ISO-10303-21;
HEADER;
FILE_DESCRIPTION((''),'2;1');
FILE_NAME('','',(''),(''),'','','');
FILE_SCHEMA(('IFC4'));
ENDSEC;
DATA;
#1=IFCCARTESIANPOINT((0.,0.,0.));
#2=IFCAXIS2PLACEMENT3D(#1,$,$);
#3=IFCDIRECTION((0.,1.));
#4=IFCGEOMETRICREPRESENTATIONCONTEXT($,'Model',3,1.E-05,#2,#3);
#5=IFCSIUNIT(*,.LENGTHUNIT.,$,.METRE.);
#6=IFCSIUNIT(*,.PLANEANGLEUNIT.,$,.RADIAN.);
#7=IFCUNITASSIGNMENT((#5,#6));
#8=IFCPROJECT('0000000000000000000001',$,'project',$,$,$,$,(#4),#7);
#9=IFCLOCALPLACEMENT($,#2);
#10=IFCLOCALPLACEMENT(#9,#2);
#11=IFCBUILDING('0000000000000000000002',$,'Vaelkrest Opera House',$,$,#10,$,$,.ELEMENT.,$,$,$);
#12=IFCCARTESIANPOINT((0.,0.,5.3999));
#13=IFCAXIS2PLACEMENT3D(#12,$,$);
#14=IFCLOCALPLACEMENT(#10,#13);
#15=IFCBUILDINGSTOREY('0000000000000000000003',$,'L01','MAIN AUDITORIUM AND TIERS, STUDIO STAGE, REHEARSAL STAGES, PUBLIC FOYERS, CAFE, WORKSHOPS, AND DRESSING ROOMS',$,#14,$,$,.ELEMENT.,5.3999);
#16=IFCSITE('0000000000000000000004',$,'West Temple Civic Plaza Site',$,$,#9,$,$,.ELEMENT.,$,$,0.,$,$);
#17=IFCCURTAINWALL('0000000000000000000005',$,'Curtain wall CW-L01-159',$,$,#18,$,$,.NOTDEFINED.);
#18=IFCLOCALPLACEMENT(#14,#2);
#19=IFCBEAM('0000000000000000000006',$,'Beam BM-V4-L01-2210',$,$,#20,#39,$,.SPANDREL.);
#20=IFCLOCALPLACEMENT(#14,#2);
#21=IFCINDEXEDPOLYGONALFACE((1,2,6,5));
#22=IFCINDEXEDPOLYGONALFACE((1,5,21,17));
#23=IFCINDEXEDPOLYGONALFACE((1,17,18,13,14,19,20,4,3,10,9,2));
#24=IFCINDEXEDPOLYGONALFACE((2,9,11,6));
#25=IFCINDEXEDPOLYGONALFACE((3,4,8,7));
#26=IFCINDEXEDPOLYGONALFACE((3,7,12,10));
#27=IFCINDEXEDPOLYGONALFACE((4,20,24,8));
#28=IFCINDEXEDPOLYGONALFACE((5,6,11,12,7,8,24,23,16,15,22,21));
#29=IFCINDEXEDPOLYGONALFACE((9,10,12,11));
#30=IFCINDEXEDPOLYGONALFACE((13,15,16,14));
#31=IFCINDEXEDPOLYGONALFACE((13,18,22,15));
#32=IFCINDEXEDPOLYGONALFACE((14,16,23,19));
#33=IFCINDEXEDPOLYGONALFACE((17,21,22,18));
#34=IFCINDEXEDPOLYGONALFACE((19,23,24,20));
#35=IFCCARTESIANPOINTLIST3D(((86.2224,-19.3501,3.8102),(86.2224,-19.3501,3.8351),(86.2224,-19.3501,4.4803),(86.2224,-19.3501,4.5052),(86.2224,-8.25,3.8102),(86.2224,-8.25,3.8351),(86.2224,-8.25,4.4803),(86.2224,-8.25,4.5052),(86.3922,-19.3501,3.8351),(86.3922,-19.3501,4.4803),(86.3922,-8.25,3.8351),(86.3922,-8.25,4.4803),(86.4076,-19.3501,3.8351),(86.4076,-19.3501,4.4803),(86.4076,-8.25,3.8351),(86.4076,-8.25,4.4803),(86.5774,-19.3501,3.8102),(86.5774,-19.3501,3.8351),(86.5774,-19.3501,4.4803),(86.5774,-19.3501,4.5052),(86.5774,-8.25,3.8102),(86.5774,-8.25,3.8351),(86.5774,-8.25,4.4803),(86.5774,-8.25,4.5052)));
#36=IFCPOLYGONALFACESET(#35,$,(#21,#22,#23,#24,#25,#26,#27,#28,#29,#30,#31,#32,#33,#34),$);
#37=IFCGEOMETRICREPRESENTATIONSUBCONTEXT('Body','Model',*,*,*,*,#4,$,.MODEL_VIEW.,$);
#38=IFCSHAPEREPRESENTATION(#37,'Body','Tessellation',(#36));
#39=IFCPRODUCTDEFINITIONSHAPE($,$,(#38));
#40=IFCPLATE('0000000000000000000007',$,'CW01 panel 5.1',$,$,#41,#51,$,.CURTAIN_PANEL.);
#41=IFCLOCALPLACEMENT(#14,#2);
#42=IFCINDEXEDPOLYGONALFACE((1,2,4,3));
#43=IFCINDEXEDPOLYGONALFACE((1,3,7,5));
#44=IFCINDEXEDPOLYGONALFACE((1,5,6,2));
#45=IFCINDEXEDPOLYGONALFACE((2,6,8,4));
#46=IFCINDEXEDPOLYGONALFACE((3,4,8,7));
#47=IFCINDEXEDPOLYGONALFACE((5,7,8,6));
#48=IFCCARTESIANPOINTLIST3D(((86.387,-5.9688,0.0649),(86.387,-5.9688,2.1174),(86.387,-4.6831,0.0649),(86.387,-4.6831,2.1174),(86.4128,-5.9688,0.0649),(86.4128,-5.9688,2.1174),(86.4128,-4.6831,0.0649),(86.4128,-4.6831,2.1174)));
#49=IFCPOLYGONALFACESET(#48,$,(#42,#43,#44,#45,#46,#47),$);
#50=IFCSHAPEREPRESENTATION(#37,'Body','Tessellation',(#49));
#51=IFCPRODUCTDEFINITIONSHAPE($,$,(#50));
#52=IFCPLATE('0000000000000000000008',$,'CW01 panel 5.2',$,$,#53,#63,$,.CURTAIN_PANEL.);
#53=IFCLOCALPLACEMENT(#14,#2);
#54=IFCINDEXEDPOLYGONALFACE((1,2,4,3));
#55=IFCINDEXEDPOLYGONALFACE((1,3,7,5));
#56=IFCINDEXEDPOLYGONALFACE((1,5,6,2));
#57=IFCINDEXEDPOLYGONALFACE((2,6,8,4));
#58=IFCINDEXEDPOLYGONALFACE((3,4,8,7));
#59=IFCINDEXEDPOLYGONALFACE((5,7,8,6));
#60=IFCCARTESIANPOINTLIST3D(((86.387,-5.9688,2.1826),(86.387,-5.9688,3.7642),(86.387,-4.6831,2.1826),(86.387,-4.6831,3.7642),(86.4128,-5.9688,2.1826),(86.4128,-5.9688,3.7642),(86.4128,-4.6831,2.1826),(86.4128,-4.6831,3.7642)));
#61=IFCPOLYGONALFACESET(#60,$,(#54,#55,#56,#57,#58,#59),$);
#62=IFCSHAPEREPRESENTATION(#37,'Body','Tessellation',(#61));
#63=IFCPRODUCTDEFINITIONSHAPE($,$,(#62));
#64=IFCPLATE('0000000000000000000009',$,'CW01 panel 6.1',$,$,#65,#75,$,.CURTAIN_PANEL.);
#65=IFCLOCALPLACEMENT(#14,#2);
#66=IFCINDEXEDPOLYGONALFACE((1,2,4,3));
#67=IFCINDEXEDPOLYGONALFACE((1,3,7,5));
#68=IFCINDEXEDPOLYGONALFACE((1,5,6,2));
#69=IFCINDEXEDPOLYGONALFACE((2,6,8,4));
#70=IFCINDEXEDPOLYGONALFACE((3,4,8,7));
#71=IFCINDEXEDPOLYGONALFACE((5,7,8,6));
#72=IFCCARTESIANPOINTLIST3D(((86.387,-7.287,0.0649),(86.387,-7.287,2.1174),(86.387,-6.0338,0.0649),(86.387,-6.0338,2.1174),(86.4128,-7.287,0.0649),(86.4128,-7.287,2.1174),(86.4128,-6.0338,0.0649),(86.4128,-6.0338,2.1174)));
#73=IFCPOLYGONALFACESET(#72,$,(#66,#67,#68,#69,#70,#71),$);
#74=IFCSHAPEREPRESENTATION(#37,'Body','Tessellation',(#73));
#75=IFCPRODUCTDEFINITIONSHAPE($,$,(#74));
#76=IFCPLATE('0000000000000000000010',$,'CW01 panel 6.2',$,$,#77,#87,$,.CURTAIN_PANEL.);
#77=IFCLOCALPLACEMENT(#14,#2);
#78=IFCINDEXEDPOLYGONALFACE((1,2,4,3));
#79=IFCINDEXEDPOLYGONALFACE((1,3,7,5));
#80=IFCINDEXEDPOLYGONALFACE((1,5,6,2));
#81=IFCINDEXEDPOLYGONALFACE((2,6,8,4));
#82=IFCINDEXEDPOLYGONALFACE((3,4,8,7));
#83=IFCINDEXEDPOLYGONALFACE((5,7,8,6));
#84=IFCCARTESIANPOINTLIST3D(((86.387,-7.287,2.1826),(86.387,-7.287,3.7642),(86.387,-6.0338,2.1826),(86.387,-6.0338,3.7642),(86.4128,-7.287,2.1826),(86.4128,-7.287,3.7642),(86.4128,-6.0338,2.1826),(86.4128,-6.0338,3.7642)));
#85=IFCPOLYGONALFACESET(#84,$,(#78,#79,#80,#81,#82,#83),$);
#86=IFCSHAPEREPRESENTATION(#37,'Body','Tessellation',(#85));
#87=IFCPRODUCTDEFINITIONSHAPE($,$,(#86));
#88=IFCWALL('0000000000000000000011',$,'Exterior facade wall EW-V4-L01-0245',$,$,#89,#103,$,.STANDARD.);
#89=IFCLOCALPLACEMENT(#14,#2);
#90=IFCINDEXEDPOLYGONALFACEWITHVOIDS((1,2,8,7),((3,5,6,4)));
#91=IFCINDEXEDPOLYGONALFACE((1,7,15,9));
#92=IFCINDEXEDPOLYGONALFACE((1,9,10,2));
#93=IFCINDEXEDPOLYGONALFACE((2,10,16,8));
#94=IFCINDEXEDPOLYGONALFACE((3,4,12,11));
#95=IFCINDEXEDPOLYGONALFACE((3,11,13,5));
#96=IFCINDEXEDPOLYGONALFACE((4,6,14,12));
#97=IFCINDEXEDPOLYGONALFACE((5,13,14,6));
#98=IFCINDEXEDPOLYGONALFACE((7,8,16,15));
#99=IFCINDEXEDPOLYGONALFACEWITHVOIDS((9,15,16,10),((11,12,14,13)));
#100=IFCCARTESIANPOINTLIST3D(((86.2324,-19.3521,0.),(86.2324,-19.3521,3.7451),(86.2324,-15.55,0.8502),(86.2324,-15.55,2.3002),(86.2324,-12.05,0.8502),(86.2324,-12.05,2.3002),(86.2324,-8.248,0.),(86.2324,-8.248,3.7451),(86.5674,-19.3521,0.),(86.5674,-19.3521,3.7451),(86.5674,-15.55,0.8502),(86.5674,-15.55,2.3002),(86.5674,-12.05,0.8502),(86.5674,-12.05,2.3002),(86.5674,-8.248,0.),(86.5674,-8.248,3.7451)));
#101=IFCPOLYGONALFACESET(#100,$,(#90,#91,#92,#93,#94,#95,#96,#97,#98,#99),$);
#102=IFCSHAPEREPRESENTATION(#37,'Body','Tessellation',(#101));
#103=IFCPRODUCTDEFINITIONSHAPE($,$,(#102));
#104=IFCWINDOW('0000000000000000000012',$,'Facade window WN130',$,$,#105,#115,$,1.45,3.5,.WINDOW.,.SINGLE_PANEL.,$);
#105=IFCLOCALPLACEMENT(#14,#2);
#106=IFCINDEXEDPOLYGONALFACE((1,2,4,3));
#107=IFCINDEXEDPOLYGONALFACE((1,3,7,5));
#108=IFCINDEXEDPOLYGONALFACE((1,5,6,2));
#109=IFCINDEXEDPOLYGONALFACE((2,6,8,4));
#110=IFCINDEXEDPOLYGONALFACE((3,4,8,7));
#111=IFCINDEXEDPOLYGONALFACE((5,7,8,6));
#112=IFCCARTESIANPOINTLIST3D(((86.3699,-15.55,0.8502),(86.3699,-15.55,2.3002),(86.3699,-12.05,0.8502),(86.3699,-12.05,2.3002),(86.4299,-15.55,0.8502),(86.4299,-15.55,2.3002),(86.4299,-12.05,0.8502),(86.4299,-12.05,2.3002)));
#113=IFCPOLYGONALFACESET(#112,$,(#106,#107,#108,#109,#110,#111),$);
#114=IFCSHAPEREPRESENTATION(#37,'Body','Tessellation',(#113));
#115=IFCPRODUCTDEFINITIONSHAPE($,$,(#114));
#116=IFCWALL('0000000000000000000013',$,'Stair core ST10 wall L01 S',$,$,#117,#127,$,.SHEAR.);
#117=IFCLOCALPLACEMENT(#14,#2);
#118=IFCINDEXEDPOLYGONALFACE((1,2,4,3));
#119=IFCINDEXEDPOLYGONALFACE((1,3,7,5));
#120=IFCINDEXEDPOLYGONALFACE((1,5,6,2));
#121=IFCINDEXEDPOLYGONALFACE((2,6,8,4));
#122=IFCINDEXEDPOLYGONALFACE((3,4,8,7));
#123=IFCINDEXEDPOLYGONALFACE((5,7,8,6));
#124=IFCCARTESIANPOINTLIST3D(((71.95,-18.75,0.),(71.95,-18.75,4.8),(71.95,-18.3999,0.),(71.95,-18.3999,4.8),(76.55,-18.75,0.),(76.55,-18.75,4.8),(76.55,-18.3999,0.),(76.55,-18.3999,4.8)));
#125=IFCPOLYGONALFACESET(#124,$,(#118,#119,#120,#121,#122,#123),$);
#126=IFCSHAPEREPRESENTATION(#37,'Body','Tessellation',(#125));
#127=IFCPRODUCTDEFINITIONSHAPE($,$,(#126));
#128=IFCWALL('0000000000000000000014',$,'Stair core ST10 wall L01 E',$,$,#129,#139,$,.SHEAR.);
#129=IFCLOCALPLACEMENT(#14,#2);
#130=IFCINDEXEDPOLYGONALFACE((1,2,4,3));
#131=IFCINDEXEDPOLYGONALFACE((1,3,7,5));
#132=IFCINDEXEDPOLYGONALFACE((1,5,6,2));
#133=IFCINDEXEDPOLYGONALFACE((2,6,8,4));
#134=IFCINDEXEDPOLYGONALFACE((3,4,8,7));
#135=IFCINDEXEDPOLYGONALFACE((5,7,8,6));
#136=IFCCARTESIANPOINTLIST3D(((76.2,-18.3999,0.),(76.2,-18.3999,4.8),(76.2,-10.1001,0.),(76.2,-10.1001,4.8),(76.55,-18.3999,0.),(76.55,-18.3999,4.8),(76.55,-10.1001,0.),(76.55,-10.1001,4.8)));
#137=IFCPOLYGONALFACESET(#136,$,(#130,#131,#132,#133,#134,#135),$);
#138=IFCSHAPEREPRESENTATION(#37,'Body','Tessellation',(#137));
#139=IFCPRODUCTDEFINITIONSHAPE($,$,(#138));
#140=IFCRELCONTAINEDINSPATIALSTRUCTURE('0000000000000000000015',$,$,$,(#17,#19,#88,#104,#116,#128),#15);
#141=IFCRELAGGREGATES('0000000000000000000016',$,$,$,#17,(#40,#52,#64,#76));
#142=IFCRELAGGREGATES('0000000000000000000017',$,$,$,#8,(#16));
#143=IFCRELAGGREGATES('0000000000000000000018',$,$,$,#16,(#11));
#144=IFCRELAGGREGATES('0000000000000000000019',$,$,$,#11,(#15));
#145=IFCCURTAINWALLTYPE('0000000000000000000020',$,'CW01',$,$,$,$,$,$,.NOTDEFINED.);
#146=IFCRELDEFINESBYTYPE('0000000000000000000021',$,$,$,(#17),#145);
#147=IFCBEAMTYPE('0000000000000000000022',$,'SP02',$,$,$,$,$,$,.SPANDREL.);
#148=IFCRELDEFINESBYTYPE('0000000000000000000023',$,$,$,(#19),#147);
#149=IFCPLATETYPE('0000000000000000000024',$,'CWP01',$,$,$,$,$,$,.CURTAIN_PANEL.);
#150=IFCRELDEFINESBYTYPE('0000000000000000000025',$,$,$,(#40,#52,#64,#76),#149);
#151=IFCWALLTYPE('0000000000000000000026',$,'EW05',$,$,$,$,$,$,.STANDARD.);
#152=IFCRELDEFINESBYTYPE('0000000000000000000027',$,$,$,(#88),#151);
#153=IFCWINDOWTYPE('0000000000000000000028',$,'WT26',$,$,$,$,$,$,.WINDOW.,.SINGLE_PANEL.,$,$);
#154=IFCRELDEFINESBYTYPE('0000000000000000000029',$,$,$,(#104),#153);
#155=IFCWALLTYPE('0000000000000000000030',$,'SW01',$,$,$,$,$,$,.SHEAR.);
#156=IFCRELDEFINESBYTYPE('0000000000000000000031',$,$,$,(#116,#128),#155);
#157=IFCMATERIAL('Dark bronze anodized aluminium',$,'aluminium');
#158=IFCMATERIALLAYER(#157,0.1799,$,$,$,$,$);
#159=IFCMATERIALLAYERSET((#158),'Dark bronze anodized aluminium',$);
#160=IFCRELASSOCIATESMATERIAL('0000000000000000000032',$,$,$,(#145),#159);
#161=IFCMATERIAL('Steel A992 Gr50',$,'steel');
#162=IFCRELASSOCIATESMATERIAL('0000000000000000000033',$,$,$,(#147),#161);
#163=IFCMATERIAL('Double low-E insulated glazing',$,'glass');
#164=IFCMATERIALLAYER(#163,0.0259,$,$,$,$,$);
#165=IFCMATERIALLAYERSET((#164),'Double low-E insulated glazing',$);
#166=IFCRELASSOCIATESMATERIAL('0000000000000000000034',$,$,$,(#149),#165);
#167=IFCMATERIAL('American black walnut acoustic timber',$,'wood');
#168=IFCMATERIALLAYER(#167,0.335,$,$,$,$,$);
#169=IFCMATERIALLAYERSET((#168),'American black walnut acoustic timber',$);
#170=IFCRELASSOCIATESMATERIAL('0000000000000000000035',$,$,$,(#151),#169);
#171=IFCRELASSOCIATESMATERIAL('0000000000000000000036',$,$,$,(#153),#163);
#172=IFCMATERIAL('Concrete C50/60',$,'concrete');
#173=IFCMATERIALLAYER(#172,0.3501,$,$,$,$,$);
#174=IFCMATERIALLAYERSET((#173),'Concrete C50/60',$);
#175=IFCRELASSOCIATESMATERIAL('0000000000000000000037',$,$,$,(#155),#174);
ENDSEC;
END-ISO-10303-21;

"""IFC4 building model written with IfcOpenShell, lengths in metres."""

from ifc_helpers import new_model, si_unit, direction, frame, frame_2d, origin, origin_2d, place, context, subcontext, project, spatial, rectangle, i_section, extrude, material, layer, layer_set, material_profile, profile_set, type_object, element, fill, aggregate, save


model = new_model("IFC4")

# Units and contexts
model_context = context("Model", 3, precision=1e-05, world=origin(), true_north=direction((0.0, 1.0)))
body_context = subcontext(model_context, "Body", "Model", "MODEL_VIEW")
ifc_project = project(units=[si_unit("LENGTHUNIT", "METRE"), si_unit("PLANEANGLEUNIT", "RADIAN")], contexts=[model_context])

# Site, building, storey
site_placement = place(None, origin())
site = spatial("IfcSite", under=ifc_project, at=site_placement, Name="West Temple Civic Plaza Site", CompositionType="ELEMENT", RefElevation=0.0)
building_placement = place(site_placement, origin())
building = spatial("IfcBuilding", under=site, at=building_placement, Name="Vaelkrest Opera House", CompositionType="ELEMENT")
storey_placement = place(building_placement, frame((0.0, 0.0, 5.3999)))
storey = spatial("IfcBuildingStorey", under=building, at=storey_placement, Name="L01", Description="MAIN AUDITORIUM AND TIERS, STUDIO STAGE, REHEARSAL STAGES, PUBLIC FOYERS, CAFE, WORKSHOPS, AND DRESSING ROOMS", CompositionType="ELEMENT", Elevation=5.3999)

# Shared definitions
ifc_material_1 = material(Name="Concrete C50/60", Category="concrete")

# Shared definitions
ifc_material_2 = material(Name="Steel A992 Gr50", Category="steel")

# Curtain wall
ifc_material_3 = material(Name="Dark bronze anodized aluminium", Category="aluminium")
ifc_layer_1 = layer(ifc_material_3, 0.1799)
ifc_layer_set_1 = layer_set([ifc_layer_1], Name="Dark bronze anodized aluminium")
curtain_wall_type_1 = type_object("IfcCurtainWallType", Name="CW01", PredefinedType="NOTDEFINED", material=ifc_layer_set_1)
curtain_wall_1_placement = place(storey_placement, origin())
curtain_wall_1 = element("IfcCurtainWall", 1, at=curtain_wall_1_placement, inside=storey, type_object=curtain_wall_type_1, Name="Curtain wall CW-L01-159", PredefinedType="NOTDEFINED")

# Beam
ifc_material_profile_1 = material_profile(ifc_material_2, i_section(OverallWidth=0.355, OverallDepth=0.6951, WebThickness=0.0154, FlangeThickness=0.0249, at=origin_2d()), Name="W27X146")
ifc_profile_set_1 = profile_set([ifc_material_profile_1], Name="Steel A992 Gr50")
beam_type_1 = type_object("IfcBeamType", Name="SP02", PredefinedType="SPANDREL", material=ifc_profile_set_1)
beam_1_placement = place(storey_placement, frame((86.3999, -19.3501, 4.1577), z_axis=(0.0, 1.0, 0.0), x_axis=(-1.0, 0.0, 0.0)))
element("IfcBeam", 2, at=beam_1_placement, inside=storey, type_object=beam_type_1, Name="Beam BM-V4-L01-2210", PredefinedType="SPANDREL", context=body_context, shape_type="SweptSolid", body=[
    extrude(i_section(OverallWidth=0.355, OverallDepth=0.6951, WebThickness=0.0154, FlangeThickness=0.0249, at=origin_2d()), origin(), (0.0, 0.0, 1.0), 11.1001),
])

# Plates
ifc_material_4 = material(Name="Double low-E insulated glazing", Category="glass")
ifc_layer_2 = layer(ifc_material_4, 0.0259)
ifc_layer_set_2 = layer_set([ifc_layer_2], Name="Double low-E insulated glazing")
plate_type = type_object("IfcPlateType", Name="CWP01", PredefinedType="CURTAIN_PANEL", material=ifc_layer_set_2)
plate_1_placement = place(storey_placement, frame((86.3999, -5.3259, 0.0649), z_axis=(0.0, 0.0, 1.0), x_axis=(0.0, -1.0, 0.0)))
plate_1 = element("IfcPlate", 3, at=plate_1_placement, type_object=plate_type, Name="CW01 panel 5.1", PredefinedType="CURTAIN_PANEL", context=body_context, shape_type="SweptSolid", body=[
    extrude(rectangle(XDim=1.2856, YDim=0.0259, at=origin_2d()), origin(), (0.0, 0.0, 1.0), 2.0525),
])
plate_2_placement = place(storey_placement, frame((86.3999, -5.3259, 2.1826), z_axis=(0.0, 0.0, 1.0), x_axis=(0.0, -1.0, 0.0)))
plate_2 = element("IfcPlate", 4, at=plate_2_placement, type_object=plate_type, Name="CW01 panel 5.2", PredefinedType="CURTAIN_PANEL", context=body_context, shape_type="SweptSolid", body=[
    extrude(rectangle(XDim=1.2856, YDim=0.0259, at=origin_2d()), origin(), (0.0, 0.0, 1.0), 1.5815),
])
plate_3_placement = place(storey_placement, frame((86.3999, -6.6604, 0.0649), z_axis=(0.0, 0.0, 1.0), x_axis=(0.0, -1.0, 0.0)))
plate_3 = element("IfcPlate", 5, at=plate_3_placement, type_object=plate_type, Name="CW01 panel 6.1", PredefinedType="CURTAIN_PANEL", context=body_context, shape_type="SweptSolid", body=[
    extrude(rectangle(XDim=1.2532, YDim=0.0259, at=origin_2d()), origin(), (0.0, 0.0, 1.0), 2.0525),
])
plate_4_placement = place(storey_placement, frame((86.3999, -6.6604, 2.1826), z_axis=(0.0, 0.0, 1.0), x_axis=(0.0, -1.0, 0.0)))
plate_4 = element("IfcPlate", 6, at=plate_4_placement, type_object=plate_type, Name="CW01 panel 6.2", PredefinedType="CURTAIN_PANEL", context=body_context, shape_type="SweptSolid", body=[
    extrude(rectangle(XDim=1.2532, YDim=0.0259, at=origin_2d()), origin(), (0.0, 0.0, 1.0), 1.5815),
])
aggregate(curtain_wall_1, [plate_1, plate_2, plate_3, plate_4])

# Wall, opening, window
ifc_material_5 = material(Name="American black walnut acoustic timber", Category="wood")
ifc_layer_3 = layer(ifc_material_5, 0.335)
ifc_layer_set_3 = layer_set([ifc_layer_3], Name="American black walnut acoustic timber")
wall_type_1 = type_object("IfcWallType", Name="EW05", PredefinedType="STANDARD", material=ifc_layer_set_3)
wall_1_placement = place(storey_placement, frame((86.3999, -8.248, 0.0), z_axis=(0.0, 0.0, 1.0), x_axis=(0.0, -1.0, 0.0)))
wall_1 = element("IfcWall", 7, at=wall_1_placement, inside=storey, type_object=wall_type_1, Name="Exterior facade wall EW-V4-L01-0245", PredefinedType="STANDARD", context=body_context, shape_type="SweptSolid", body=[
    extrude(rectangle(XDim=11.104, YDim=0.335, at=frame_2d((5.552, 0.0))), origin(), (0.0, 0.0, 1.0), 3.7451),
])
opening_placement = place(wall_1_placement, frame((3.802, 0.0, 0.8501)))
opening = element("IfcOpeningElement", 8, at=opening_placement, cuts=wall_1, PredefinedType="OPENING", context=body_context, shape_type="SweptSolid", body=[
    extrude(rectangle(XDim=3.5, YDim=1.45, at=frame_2d((1.75, 0.7251))), frame((0.0, 0.1775, 0.0), z_axis=(0.0, -1.0, 0.0), x_axis=(1.0, 0.0, 0.0)), (0.0, 0.0, 1.0), 0.355),
])
window_type = type_object("IfcWindowType", Name="WT26", PartitioningType="SINGLE_PANEL", PredefinedType="WINDOW", material=ifc_material_4)
window_placement = place(opening_placement, origin())
window = element("IfcWindow", 9, at=window_placement, inside=storey, type_object=window_type, Name="Facade window WN130", OverallHeight=1.45, OverallWidth=3.5, PartitioningType="SINGLE_PANEL", PredefinedType="WINDOW", context=body_context, shape_type="SweptSolid", body=[
    extrude(rectangle(XDim=3.5, YDim=1.45, at=frame_2d((1.75, 0.7251))), frame((0.0, 0.03, 0.0), z_axis=(0.0, -1.0, 0.0), x_axis=(1.0, 0.0, 0.0)), (0.0, 0.0, 1.0), 0.0601),
])
fill(opening, window)

# Walls
ifc_layer_4 = layer(ifc_material_1, 0.3501)
ifc_layer_set_4 = layer_set([ifc_layer_4], Name="Concrete C50/60")
wall_type_2 = type_object("IfcWallType", Name="SW01", PredefinedType="SHEAR", material=ifc_layer_set_4)
wall_2_placement = place(storey_placement, frame((76.55, -18.575, 0.0), z_axis=(0.0, 0.0, 1.0), x_axis=(-1.0, 0.0, 0.0)))
element("IfcWall", 10, at=wall_2_placement, inside=storey, type_object=wall_type_2, Name="Stair core ST10 wall L01 S", PredefinedType="SHEAR", context=body_context, shape_type="SweptSolid", body=[
    extrude(rectangle(XDim=4.6001, YDim=0.3501, at=frame_2d((2.3, 0.0))), origin(), (0.0, 0.0, 1.0), 4.8),
])
wall_3_placement = place(storey_placement, frame((76.375, -10.1001, 0.0), z_axis=(0.0, 0.0, 1.0), x_axis=(0.0, -1.0, 0.0)))
element("IfcWall", 11, at=wall_3_placement, inside=storey, type_object=wall_type_2, Name="Stair core ST10 wall L01 E", PredefinedType="SHEAR", context=body_context, shape_type="SweptSolid", body=[
    extrude(rectangle(XDim=8.2998, YDim=0.3501, at=frame_2d((4.1499, 0.0))), origin(), (0.0, 0.0, 1.0), 4.8),
])

save(model, "model.ifc")
